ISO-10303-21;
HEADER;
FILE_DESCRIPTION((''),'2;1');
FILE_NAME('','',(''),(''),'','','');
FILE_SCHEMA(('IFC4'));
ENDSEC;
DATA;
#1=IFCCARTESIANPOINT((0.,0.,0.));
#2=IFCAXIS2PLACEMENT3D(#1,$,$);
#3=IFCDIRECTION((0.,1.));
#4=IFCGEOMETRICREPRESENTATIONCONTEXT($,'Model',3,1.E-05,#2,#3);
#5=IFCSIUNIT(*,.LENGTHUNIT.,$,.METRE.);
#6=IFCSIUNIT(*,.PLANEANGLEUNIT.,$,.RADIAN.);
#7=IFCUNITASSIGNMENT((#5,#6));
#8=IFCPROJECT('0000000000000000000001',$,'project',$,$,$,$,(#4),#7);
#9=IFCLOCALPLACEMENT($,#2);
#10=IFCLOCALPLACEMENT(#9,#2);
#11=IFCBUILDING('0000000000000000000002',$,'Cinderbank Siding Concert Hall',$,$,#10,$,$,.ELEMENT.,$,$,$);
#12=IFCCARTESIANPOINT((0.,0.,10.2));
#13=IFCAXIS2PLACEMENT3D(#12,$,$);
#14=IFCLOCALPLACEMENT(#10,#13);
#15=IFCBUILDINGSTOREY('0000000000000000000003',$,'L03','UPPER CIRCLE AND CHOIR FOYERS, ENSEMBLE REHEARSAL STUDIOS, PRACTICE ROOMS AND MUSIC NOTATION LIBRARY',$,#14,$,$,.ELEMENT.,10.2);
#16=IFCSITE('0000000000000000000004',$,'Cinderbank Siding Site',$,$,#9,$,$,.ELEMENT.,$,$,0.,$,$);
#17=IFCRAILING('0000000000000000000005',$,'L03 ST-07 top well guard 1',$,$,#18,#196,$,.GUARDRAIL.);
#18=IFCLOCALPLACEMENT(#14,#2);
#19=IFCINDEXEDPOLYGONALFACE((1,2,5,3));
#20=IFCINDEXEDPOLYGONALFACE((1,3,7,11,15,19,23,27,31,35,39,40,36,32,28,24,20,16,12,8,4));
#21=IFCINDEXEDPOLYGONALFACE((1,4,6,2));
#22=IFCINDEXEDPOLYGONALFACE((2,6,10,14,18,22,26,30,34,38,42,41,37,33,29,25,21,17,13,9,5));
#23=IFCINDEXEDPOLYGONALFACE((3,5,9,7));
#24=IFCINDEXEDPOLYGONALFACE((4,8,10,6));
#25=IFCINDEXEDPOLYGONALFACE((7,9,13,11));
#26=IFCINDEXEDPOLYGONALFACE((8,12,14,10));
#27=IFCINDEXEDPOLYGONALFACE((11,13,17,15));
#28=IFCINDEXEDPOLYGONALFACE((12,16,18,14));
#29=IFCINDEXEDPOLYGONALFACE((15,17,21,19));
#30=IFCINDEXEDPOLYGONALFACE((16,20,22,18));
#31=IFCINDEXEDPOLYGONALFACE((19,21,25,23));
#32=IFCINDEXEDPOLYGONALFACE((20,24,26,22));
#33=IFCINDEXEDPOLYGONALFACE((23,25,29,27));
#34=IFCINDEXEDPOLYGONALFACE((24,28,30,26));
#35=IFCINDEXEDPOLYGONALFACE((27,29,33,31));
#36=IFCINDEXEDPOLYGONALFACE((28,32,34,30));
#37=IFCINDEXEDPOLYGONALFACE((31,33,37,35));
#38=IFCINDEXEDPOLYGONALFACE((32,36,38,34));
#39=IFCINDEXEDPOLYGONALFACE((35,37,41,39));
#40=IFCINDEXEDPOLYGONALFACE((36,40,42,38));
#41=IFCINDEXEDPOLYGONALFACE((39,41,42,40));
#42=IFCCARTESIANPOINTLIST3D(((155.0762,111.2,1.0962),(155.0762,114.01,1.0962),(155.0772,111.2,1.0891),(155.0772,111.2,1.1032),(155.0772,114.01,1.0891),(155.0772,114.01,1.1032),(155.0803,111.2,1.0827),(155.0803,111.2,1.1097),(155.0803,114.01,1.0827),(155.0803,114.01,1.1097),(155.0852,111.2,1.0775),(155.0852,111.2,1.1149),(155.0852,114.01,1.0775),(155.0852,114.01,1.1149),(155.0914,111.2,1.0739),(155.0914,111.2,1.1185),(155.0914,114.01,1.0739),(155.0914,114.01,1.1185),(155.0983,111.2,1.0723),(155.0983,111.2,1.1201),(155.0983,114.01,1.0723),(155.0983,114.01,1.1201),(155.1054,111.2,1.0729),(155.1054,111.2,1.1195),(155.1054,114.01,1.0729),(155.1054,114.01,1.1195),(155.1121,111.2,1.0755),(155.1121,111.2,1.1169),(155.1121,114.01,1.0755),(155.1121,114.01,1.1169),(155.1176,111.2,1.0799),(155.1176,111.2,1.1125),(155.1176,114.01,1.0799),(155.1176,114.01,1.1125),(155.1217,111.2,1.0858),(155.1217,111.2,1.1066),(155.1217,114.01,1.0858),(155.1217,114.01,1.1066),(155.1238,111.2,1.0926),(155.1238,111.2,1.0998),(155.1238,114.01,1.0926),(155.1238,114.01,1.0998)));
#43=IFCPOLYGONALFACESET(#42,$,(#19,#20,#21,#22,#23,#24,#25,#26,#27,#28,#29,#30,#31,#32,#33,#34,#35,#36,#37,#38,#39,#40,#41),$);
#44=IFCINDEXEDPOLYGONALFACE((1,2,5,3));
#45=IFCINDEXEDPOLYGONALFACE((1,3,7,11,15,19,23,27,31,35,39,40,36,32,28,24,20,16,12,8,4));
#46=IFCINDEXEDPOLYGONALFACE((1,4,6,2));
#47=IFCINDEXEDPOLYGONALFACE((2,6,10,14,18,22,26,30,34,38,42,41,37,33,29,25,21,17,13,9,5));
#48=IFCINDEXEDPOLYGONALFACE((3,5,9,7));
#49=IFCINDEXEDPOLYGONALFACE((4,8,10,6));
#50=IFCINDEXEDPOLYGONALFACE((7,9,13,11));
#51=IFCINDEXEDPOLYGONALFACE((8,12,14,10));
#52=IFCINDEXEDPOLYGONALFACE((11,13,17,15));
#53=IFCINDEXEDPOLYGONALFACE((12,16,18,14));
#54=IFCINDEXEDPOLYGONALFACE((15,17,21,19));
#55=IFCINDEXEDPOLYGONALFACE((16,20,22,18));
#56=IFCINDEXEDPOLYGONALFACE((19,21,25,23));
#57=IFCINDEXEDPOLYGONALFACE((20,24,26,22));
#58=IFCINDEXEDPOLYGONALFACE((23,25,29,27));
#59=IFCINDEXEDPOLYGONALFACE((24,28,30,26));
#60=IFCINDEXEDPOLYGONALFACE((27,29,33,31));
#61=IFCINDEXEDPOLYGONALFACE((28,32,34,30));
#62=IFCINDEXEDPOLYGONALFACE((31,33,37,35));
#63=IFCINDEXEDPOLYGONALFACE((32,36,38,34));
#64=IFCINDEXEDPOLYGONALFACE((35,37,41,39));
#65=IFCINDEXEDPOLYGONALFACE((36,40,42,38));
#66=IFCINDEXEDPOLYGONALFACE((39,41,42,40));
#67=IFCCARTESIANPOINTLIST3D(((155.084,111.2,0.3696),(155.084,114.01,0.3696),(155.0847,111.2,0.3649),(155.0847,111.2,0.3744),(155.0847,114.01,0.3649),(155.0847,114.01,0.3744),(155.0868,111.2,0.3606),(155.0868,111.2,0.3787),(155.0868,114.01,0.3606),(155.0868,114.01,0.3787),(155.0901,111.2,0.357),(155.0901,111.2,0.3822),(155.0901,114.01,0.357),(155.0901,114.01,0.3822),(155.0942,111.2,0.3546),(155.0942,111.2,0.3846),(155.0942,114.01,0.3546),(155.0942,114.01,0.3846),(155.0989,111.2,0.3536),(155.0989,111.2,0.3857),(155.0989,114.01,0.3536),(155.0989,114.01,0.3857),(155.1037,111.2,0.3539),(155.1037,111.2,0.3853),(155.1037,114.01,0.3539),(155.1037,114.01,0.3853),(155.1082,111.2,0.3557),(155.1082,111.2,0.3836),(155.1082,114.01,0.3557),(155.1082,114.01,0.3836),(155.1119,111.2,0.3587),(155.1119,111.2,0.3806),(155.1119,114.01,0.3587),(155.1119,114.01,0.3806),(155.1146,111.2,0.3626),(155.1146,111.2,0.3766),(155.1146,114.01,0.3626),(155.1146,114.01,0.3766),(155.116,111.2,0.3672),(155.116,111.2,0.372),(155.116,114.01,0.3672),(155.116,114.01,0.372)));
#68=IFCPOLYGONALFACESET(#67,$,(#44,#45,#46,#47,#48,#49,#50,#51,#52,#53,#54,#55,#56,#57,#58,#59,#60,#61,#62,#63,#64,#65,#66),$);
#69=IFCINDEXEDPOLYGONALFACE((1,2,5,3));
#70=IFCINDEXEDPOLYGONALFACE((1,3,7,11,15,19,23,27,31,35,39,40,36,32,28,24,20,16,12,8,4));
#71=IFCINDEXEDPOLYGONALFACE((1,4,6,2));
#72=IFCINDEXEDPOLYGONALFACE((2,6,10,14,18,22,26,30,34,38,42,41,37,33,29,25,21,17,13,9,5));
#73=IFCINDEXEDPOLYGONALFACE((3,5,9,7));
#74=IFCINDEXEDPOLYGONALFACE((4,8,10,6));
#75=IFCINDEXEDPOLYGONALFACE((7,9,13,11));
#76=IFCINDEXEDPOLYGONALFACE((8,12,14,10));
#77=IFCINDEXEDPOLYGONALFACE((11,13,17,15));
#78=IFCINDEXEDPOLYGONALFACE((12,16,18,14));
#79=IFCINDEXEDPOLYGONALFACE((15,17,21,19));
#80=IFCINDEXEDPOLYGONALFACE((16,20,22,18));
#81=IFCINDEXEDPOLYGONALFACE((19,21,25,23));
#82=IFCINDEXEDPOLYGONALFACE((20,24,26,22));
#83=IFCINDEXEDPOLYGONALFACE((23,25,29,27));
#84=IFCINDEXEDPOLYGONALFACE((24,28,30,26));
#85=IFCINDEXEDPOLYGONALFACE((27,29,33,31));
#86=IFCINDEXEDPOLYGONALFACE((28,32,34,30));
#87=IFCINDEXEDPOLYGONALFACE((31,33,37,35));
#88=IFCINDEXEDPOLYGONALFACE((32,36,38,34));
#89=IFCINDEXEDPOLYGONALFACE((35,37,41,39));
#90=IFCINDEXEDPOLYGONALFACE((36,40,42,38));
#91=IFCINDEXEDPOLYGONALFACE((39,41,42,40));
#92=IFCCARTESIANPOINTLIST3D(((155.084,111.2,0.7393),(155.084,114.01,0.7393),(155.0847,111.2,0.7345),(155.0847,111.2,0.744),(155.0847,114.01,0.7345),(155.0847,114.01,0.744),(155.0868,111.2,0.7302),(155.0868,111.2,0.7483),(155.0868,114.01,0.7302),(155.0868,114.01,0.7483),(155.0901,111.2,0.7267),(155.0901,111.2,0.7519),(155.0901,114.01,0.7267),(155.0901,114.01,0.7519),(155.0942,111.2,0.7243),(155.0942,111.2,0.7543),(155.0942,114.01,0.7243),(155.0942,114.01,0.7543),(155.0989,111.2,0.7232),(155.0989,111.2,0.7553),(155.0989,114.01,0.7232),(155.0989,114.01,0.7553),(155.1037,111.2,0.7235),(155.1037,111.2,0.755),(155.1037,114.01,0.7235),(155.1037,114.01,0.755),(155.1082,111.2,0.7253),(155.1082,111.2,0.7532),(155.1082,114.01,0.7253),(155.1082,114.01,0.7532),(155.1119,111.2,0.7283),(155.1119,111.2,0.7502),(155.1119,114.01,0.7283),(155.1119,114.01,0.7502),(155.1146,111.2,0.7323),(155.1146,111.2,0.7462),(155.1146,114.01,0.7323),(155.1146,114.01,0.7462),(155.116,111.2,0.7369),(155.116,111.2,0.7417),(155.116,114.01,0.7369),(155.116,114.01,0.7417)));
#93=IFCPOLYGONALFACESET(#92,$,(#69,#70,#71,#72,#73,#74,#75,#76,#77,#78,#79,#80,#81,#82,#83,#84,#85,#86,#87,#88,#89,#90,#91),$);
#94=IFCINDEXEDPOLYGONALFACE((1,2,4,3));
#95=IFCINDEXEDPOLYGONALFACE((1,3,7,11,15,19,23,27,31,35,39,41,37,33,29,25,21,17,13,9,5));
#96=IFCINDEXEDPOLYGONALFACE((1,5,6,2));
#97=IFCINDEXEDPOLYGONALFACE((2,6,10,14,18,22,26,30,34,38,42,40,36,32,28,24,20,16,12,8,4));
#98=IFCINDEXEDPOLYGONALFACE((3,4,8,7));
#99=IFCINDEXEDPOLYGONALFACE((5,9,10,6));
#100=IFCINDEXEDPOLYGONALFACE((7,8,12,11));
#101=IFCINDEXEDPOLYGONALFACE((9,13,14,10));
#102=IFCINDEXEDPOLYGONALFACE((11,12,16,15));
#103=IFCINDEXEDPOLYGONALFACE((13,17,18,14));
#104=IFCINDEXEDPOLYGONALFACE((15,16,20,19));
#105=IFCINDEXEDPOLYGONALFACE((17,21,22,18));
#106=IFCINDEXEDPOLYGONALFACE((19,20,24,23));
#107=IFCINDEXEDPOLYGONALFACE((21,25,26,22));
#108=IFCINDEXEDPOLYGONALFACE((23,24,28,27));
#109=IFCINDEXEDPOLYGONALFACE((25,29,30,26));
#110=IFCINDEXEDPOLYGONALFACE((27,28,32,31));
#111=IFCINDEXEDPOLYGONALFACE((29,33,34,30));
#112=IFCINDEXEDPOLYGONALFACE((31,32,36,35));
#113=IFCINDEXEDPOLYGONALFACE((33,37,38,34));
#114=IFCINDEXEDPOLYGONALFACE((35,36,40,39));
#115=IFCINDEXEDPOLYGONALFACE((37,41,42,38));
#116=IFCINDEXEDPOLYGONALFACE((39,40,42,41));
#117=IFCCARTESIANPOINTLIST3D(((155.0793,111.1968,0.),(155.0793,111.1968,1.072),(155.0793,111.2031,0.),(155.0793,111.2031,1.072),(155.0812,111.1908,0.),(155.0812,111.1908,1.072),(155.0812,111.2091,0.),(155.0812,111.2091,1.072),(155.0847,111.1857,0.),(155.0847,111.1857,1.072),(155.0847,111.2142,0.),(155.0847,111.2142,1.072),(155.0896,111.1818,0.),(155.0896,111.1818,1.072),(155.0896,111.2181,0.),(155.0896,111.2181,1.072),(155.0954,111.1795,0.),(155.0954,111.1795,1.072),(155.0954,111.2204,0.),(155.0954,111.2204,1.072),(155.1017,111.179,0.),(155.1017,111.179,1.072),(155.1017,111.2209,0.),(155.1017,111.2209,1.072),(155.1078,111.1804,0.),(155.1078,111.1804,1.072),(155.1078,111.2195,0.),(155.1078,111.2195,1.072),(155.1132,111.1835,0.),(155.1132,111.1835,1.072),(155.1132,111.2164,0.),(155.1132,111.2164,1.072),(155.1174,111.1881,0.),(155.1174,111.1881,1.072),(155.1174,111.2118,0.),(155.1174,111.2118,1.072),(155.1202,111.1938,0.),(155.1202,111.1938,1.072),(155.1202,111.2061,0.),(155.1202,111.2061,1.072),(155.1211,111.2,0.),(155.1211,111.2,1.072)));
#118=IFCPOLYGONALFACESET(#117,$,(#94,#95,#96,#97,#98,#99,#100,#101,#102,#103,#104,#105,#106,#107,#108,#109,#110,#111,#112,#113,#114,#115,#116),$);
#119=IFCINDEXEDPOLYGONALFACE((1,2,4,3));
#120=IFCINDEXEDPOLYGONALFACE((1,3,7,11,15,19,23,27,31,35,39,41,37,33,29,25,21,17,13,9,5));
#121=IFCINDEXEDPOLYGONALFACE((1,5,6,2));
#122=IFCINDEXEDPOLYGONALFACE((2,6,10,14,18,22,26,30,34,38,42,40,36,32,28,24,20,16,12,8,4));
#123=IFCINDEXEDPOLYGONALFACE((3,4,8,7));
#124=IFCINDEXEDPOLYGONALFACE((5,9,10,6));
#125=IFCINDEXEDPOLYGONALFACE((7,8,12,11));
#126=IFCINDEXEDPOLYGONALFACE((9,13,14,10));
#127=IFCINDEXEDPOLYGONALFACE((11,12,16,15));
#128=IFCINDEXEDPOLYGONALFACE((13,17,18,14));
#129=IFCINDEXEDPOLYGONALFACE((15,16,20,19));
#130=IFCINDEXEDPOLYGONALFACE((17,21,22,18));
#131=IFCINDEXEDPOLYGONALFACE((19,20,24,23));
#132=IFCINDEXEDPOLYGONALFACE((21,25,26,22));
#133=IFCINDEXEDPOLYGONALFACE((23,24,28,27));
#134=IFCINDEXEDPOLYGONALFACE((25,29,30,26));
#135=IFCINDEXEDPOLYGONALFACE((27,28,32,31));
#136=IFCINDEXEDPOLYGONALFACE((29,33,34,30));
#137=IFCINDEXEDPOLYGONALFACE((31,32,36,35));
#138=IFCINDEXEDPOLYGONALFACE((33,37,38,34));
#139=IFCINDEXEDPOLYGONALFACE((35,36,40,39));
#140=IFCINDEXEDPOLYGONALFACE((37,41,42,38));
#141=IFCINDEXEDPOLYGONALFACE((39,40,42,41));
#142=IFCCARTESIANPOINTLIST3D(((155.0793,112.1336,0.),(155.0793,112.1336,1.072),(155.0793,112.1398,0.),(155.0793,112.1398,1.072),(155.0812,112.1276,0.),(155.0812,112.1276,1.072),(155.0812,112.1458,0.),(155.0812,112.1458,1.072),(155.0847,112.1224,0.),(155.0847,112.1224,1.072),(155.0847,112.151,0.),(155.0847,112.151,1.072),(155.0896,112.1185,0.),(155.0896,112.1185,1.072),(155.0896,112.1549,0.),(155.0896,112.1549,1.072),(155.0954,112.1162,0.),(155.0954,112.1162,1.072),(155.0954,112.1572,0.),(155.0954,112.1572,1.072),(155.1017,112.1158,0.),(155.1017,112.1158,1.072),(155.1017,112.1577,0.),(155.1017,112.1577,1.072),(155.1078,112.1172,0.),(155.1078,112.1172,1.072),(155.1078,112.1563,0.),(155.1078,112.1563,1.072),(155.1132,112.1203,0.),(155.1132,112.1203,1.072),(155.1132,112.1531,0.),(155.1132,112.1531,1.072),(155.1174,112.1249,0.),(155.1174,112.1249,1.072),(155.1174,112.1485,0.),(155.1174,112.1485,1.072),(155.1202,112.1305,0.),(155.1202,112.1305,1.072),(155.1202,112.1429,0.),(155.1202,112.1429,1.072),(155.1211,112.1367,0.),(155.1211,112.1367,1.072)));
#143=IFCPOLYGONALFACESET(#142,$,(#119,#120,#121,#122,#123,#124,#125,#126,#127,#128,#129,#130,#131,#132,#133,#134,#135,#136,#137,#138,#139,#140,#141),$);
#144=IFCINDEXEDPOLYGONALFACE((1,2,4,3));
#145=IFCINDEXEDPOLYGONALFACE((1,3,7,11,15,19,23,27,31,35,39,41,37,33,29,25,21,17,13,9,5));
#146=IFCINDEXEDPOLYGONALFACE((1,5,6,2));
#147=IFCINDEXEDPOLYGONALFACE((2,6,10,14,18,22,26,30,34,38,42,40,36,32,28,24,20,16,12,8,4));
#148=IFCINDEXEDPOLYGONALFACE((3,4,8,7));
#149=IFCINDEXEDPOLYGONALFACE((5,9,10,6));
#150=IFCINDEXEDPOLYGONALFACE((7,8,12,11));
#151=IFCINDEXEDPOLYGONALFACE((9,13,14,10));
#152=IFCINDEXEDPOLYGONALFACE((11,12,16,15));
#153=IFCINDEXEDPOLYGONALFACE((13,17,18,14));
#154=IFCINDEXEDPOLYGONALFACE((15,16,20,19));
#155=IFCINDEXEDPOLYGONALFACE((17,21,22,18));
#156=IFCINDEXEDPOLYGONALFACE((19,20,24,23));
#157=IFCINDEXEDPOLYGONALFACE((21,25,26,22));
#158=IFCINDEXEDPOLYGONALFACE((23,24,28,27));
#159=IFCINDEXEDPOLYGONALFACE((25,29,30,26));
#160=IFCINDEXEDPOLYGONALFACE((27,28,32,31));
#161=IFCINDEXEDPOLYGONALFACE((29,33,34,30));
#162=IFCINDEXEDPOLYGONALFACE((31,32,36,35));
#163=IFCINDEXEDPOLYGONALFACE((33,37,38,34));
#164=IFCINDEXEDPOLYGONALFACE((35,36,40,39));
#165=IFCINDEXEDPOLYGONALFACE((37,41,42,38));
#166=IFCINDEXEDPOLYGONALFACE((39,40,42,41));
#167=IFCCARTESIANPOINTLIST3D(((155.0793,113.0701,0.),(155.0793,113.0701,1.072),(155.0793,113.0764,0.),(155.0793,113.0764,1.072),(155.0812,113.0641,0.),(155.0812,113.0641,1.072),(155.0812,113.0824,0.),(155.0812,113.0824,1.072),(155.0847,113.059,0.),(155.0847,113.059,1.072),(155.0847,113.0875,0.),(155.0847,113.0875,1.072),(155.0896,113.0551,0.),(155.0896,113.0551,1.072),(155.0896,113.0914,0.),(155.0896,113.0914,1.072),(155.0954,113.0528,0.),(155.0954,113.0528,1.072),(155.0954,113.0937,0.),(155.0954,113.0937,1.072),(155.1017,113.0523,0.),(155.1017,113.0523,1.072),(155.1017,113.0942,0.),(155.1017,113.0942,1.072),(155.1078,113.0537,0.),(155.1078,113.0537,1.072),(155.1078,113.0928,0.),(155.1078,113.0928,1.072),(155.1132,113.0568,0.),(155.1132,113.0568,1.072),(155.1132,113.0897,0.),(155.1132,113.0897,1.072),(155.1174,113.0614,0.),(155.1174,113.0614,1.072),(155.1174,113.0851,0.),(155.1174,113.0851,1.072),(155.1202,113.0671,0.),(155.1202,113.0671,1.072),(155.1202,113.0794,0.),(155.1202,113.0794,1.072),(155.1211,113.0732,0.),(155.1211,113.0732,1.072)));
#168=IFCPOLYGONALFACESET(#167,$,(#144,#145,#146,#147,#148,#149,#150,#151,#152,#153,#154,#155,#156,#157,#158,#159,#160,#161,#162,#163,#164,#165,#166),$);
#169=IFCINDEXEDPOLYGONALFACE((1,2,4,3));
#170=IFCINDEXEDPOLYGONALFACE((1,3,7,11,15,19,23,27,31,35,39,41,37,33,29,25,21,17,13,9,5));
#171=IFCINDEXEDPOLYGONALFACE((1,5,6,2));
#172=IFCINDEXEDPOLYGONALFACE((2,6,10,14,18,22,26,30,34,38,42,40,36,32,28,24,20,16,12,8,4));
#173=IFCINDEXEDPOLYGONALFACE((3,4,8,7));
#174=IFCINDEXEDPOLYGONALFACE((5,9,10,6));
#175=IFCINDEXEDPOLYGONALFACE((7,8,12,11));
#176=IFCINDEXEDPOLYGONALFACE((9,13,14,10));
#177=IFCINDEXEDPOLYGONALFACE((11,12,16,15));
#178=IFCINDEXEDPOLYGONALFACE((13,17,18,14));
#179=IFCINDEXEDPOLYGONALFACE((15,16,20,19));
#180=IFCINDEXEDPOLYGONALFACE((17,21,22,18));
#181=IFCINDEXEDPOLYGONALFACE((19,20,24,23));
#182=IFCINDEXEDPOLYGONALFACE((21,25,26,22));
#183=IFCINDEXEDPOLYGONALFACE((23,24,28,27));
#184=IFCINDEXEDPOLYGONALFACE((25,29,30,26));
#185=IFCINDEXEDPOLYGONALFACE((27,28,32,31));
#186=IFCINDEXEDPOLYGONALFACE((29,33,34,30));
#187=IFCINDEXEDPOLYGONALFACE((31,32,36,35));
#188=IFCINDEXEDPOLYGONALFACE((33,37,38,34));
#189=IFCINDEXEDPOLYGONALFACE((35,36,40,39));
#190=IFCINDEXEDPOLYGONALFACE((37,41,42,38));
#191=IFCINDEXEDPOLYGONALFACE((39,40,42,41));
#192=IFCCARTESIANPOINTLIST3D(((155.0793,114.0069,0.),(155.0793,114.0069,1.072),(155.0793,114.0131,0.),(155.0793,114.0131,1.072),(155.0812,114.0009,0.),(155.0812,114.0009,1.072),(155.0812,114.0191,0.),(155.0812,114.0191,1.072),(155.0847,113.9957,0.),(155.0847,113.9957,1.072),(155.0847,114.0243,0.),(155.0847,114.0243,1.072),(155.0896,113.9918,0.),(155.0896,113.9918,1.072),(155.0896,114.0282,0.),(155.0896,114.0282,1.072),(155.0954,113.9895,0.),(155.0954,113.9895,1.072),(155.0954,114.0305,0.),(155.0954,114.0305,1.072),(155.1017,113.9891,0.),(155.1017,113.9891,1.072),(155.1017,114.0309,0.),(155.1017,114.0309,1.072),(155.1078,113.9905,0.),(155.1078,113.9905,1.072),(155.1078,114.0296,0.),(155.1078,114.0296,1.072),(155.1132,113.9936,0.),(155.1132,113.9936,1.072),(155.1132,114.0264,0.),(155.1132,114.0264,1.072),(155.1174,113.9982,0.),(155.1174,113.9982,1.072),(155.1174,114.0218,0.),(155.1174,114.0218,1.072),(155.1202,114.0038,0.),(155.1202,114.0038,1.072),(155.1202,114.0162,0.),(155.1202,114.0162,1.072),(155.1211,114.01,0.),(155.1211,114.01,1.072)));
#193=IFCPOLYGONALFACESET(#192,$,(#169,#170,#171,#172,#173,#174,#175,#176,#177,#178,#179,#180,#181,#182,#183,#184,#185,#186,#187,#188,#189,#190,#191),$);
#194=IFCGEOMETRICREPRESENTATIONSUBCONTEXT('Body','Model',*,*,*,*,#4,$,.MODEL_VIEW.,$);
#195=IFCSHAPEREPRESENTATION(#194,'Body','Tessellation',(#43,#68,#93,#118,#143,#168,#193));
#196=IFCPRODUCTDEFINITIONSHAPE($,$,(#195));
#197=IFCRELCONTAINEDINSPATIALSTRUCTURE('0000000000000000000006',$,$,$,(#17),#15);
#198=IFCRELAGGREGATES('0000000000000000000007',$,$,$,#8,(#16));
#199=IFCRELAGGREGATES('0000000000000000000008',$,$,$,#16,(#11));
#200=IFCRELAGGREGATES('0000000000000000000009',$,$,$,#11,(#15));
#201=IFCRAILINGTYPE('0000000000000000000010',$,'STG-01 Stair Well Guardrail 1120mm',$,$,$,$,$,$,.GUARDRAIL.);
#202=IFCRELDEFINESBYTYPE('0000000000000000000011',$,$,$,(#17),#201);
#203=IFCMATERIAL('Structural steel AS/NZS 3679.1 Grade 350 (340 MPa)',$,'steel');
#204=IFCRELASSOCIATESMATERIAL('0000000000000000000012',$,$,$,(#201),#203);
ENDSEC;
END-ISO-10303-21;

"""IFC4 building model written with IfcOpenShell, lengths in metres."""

from ifc_helpers import new_model, si_unit, direction, frame, origin, origin_2d, place, context, subcontext, project, spatial, circle, extrude, material, type_object, element, save


model = new_model("IFC4")

# Units and contexts
model_context = context("Model", 3, precision=1e-05, world=origin(), true_north=direction((0.0, 1.0)))
body_context = subcontext(model_context, "Body", "Model", "MODEL_VIEW")
ifc_project = project(units=[si_unit("LENGTHUNIT", "METRE"), si_unit("PLANEANGLEUNIT", "RADIAN")], contexts=[model_context])

# Site, building, storey
site_placement = place(None, origin())
site = spatial("IfcSite", under=ifc_project, at=site_placement, Name="Cinderbank Siding Site", CompositionType="ELEMENT", RefElevation=0.0)
building_placement = place(site_placement, origin())
building = spatial("IfcBuilding", under=site, at=building_placement, Name="Cinderbank Siding Concert Hall", CompositionType="ELEMENT")
storey_placement = place(building_placement, frame((0.0, 0.0, 10.2)))
storey = spatial("IfcBuildingStorey", under=building, at=storey_placement, Name="L03", Description="UPPER CIRCLE AND CHOIR FOYERS, ENSEMBLE REHEARSAL STUDIOS, PRACTICE ROOMS AND MUSIC NOTATION LIBRARY", CompositionType="ELEMENT", Elevation=10.2)

# Shared definitions
ifc_material_1 = material(Name="Structural steel AS/NZS 3679.1 Grade 350 (340 MPa)", Category="steel")

# Railing
railing_type = type_object("IfcRailingType", Name="STG-01 Stair Well Guardrail 1120mm", PredefinedType="GUARDRAIL", material=ifc_material_1)
railing_placement = place(storey_placement, frame((155.1001, 111.2, 0.0)))
element("IfcRailing", 1, at=railing_placement, inside=storey, type_object=railing_type, Name="L03 ST-07 top well guard 1", PredefinedType="GUARDRAIL", context=body_context, shape_type="SweptSolid", body=[
    extrude(circle(Radius=0.0239, at=origin_2d()), frame((0.0, 0.0, 1.0962), z_axis=(0.0, 1.0, 0.0), x_axis=(-1.0, 0.0, 0.0)), (0.0, 0.0, 1.0), 2.8101),
    extrude(circle(Radius=0.0161, at=origin_2d()), frame((0.0, 0.0, 0.3696), z_axis=(0.0, 1.0, 0.0), x_axis=(-1.0, 0.0, 0.0)), (0.0, 0.0, 1.0), 2.8101),
    extrude(circle(Radius=0.0161, at=origin_2d()), frame((0.0, 0.0, 0.7393), z_axis=(0.0, 1.0, 0.0), x_axis=(-1.0, 0.0, 0.0)), (0.0, 0.0, 1.0), 2.8101),
    extrude(circle(Radius=0.021, at=origin_2d()), origin(), (0.0, 0.0, 1.0), 1.072),
    extrude(circle(Radius=0.021, at=origin_2d()), frame((0.0, 0.9368, 0.0)), (0.0, 0.0, 1.0), 1.072),
    extrude(circle(Radius=0.021, at=origin_2d()), frame((0.0, 1.8733, 0.0)), (0.0, 0.0, 1.0), 1.072),
    extrude(circle(Radius=0.021, at=origin_2d()), frame((0.0, 2.8101, 0.0)), (0.0, 0.0, 1.0), 1.072),
])

save(model, "model.ifc")
